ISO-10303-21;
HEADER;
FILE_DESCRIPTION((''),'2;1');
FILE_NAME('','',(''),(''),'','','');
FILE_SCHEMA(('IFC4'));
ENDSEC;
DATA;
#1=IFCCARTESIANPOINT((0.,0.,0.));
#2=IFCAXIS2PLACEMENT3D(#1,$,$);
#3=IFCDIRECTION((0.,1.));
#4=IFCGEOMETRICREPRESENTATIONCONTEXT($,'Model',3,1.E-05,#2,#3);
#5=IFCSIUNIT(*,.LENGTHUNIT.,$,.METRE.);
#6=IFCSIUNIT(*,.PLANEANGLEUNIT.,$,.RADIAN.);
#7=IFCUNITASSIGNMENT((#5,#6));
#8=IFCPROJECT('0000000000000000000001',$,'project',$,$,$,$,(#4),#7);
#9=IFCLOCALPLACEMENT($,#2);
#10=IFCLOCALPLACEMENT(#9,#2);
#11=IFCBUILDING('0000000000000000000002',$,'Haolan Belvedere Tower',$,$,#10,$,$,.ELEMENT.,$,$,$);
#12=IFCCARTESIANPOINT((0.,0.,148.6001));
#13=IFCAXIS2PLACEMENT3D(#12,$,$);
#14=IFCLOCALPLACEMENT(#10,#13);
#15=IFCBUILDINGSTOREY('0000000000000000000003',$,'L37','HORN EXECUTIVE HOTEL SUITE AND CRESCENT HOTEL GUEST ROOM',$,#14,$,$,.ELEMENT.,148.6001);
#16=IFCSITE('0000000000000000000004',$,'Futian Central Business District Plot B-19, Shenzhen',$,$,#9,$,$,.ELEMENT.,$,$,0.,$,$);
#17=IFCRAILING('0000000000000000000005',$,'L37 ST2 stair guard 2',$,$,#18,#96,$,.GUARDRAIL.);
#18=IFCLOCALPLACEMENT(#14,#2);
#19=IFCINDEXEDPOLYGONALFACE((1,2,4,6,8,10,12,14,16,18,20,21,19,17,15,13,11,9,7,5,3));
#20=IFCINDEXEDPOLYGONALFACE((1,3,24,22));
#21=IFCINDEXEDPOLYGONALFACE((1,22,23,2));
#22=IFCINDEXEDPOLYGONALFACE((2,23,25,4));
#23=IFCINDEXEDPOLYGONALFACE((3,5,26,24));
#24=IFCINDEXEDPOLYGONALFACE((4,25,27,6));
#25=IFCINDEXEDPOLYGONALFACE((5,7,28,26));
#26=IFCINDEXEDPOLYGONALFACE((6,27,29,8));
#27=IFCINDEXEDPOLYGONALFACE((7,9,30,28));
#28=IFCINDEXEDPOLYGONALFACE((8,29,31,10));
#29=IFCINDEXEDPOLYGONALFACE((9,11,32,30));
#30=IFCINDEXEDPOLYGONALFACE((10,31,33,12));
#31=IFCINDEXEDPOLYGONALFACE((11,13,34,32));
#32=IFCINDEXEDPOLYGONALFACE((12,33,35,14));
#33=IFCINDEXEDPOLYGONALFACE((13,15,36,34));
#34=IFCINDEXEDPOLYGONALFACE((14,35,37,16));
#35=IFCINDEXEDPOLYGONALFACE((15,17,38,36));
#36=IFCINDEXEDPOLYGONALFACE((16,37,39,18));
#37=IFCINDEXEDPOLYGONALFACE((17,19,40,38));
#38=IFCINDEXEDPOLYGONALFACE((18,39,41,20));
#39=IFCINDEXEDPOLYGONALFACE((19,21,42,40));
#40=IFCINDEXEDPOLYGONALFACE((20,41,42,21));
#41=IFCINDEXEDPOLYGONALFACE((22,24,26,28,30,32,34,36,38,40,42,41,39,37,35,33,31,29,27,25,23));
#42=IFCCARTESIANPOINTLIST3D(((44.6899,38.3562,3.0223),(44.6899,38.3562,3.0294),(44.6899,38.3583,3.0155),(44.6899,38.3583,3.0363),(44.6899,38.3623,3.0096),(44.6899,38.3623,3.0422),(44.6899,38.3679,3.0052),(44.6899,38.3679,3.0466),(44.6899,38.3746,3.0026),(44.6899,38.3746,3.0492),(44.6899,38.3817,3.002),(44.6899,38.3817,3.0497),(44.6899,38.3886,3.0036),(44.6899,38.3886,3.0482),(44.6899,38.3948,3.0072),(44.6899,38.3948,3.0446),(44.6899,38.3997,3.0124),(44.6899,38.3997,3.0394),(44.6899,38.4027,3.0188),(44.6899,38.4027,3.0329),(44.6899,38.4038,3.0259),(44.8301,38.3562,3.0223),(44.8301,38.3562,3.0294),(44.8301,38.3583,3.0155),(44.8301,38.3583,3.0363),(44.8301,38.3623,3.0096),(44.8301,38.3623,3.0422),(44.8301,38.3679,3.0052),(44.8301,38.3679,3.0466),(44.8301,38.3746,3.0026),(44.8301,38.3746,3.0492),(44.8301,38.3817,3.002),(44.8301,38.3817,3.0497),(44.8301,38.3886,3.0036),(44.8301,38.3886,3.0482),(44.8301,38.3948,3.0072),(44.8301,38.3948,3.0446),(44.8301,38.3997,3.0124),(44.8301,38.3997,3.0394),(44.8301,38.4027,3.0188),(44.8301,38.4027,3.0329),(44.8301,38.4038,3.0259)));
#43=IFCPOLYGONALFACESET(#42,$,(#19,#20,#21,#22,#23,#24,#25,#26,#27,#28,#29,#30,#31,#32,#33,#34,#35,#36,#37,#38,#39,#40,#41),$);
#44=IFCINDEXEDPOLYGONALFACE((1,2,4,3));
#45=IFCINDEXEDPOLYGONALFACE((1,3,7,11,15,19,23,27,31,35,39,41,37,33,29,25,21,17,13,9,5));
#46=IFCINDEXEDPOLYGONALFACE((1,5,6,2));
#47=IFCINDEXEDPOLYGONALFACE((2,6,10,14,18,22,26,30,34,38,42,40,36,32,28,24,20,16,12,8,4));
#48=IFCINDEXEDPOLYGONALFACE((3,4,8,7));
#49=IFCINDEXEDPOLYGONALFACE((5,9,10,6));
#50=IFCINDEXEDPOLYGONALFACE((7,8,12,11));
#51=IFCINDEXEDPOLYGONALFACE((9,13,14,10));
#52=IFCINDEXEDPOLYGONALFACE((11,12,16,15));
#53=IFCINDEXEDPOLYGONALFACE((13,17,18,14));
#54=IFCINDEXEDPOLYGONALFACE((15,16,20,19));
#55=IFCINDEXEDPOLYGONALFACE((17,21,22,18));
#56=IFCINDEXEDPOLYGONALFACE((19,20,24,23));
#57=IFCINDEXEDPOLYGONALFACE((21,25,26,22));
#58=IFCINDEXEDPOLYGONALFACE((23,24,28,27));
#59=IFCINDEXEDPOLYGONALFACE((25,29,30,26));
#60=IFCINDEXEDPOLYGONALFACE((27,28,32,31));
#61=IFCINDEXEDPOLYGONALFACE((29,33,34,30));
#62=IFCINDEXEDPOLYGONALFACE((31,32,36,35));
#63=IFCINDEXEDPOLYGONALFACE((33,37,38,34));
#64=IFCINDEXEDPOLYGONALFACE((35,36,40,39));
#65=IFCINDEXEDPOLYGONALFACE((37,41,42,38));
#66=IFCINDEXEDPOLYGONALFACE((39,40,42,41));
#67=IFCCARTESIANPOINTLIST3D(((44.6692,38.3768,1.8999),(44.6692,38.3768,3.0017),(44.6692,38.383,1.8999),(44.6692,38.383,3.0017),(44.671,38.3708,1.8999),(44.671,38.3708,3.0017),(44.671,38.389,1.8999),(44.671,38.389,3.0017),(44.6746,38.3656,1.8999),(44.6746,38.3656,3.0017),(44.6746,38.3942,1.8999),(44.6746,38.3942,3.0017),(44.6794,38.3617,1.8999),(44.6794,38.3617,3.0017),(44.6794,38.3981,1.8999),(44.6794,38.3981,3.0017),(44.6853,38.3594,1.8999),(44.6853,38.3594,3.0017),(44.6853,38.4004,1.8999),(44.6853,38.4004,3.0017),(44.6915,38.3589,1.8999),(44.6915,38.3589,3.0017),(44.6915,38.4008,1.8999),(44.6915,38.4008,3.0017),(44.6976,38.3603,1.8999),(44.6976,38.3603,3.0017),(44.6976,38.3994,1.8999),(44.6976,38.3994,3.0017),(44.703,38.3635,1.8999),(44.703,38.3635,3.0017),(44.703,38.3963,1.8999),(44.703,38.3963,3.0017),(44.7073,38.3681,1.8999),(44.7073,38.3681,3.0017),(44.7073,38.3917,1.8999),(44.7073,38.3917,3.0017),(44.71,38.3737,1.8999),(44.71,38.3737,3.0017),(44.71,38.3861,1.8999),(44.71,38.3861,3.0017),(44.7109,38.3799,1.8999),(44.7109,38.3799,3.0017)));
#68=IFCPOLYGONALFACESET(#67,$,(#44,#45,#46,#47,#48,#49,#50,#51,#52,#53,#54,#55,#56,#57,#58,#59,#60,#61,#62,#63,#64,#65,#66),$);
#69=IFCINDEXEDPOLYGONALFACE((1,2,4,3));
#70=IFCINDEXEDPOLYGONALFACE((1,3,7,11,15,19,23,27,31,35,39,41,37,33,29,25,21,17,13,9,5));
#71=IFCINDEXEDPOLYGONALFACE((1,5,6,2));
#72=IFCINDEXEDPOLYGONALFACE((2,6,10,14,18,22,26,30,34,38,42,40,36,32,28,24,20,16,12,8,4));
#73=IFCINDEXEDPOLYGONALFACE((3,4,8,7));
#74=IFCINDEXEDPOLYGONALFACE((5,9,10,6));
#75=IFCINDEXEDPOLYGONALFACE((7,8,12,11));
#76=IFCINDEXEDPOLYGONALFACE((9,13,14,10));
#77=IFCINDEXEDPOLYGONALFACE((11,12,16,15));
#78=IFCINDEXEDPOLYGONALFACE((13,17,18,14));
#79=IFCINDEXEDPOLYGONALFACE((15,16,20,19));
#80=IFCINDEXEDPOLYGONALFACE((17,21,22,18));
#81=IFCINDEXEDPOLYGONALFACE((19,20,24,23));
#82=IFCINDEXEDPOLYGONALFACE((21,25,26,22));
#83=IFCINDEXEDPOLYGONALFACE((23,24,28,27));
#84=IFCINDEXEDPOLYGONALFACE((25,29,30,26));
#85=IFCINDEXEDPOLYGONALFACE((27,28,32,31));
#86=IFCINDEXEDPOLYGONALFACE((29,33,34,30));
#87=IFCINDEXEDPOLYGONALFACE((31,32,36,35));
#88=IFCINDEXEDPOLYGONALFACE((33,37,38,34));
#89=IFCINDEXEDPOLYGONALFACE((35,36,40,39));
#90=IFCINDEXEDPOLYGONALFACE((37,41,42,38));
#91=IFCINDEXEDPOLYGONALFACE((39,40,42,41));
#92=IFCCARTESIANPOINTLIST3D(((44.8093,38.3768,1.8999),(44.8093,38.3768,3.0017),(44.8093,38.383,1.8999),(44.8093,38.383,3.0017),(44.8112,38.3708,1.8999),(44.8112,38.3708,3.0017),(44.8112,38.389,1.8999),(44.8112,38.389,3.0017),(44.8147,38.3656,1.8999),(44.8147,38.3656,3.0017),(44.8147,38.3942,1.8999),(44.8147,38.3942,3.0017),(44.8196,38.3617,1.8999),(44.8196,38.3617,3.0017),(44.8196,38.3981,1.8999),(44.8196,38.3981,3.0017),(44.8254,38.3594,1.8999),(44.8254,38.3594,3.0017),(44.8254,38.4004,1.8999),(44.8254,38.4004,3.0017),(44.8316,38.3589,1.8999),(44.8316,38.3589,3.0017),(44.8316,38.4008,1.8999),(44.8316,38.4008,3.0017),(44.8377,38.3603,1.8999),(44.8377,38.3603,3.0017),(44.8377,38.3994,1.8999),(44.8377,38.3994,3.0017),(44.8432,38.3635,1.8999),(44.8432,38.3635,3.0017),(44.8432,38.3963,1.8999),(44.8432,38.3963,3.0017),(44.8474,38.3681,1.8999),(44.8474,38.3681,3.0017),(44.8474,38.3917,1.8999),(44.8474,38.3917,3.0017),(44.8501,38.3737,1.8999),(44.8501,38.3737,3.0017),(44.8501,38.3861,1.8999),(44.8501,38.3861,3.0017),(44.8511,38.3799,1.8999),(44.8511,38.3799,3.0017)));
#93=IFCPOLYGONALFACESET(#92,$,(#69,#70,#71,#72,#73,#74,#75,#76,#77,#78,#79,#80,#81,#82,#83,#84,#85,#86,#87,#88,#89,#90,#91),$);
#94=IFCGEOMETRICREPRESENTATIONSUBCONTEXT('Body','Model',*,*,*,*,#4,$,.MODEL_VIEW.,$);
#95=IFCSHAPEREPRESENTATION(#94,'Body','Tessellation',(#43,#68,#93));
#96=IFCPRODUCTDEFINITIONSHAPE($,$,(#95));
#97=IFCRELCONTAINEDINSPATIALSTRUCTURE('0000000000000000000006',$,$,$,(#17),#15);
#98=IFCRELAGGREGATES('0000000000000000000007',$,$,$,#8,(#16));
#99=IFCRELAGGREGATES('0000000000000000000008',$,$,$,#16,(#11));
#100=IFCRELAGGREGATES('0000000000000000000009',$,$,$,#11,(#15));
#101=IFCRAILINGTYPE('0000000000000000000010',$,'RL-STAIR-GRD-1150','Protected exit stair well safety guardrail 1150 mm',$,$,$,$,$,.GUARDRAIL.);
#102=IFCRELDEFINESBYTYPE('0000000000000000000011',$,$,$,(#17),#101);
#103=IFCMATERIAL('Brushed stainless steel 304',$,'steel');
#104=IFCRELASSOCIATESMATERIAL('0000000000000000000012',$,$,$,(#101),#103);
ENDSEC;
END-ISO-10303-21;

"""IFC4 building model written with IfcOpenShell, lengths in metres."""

from ifc_helpers import new_model, si_unit, direction, frame, origin, origin_2d, place, context, subcontext, project, spatial, circle, extrude, material, type_object, element, save


model = new_model("IFC4")

# Units and contexts
model_context = context("Model", 3, precision=1e-05, world=origin(), true_north=direction((0.0, 1.0)))
body_context = subcontext(model_context, "Body", "Model", "MODEL_VIEW")
ifc_project = project(units=[si_unit("LENGTHUNIT", "METRE"), si_unit("PLANEANGLEUNIT", "RADIAN")], contexts=[model_context])

# Site, building, storey
site_placement = place(None, origin())
site = spatial("IfcSite", under=ifc_project, at=site_placement, Name="Futian Central Business District Plot B-19, Shenzhen", CompositionType="ELEMENT", RefElevation=0.0)
building_placement = place(site_placement, origin())
building = spatial("IfcBuilding", under=site, at=building_placement, Name="Haolan Belvedere Tower", CompositionType="ELEMENT")
storey_placement = place(building_placement, frame((0.0, 0.0, 148.6001)))
storey = spatial("IfcBuildingStorey", under=building, at=storey_placement, Name="L37", Description="HORN EXECUTIVE HOTEL SUITE AND CRESCENT HOTEL GUEST ROOM", CompositionType="ELEMENT", Elevation=148.6001)

# Railing
ifc_material_1 = material(Name="Brushed stainless steel 304", Category="steel")
railing_type_1 = type_object("IfcRailingType", Name="RL-STAIR-GRD-1150", Description="Protected exit stair well safety guardrail 1150 mm", PredefinedType="GUARDRAIL", material=ifc_material_1)
railing_1_placement = place(storey_placement, frame((44.6899, 38.3799, 1.8999)))
element("IfcRailing", 1, at=railing_1_placement, inside=storey, type_object=railing_type_1, Name="L37 ST2 stair guard 2", PredefinedType="GUARDRAIL", context=body_context, shape_type="SweptSolid", body=[
    extrude(circle(Radius=0.0239, at=origin_2d()), frame((0.0, 0.0, 1.126), z_axis=(1.0, 0.0, 0.0), x_axis=(0.0, 1.0, 0.0)), (0.0, 0.0, 1.0), 0.1401),
    extrude(circle(Radius=0.021, at=origin_2d()), origin(), (0.0, 0.0, 1.0), 1.1018),
    extrude(circle(Radius=0.021, at=origin_2d()), frame((0.1401, 0.0, 0.0)), (0.0, 0.0, 1.0), 1.1018),
])

save(model, "model.ifc")
